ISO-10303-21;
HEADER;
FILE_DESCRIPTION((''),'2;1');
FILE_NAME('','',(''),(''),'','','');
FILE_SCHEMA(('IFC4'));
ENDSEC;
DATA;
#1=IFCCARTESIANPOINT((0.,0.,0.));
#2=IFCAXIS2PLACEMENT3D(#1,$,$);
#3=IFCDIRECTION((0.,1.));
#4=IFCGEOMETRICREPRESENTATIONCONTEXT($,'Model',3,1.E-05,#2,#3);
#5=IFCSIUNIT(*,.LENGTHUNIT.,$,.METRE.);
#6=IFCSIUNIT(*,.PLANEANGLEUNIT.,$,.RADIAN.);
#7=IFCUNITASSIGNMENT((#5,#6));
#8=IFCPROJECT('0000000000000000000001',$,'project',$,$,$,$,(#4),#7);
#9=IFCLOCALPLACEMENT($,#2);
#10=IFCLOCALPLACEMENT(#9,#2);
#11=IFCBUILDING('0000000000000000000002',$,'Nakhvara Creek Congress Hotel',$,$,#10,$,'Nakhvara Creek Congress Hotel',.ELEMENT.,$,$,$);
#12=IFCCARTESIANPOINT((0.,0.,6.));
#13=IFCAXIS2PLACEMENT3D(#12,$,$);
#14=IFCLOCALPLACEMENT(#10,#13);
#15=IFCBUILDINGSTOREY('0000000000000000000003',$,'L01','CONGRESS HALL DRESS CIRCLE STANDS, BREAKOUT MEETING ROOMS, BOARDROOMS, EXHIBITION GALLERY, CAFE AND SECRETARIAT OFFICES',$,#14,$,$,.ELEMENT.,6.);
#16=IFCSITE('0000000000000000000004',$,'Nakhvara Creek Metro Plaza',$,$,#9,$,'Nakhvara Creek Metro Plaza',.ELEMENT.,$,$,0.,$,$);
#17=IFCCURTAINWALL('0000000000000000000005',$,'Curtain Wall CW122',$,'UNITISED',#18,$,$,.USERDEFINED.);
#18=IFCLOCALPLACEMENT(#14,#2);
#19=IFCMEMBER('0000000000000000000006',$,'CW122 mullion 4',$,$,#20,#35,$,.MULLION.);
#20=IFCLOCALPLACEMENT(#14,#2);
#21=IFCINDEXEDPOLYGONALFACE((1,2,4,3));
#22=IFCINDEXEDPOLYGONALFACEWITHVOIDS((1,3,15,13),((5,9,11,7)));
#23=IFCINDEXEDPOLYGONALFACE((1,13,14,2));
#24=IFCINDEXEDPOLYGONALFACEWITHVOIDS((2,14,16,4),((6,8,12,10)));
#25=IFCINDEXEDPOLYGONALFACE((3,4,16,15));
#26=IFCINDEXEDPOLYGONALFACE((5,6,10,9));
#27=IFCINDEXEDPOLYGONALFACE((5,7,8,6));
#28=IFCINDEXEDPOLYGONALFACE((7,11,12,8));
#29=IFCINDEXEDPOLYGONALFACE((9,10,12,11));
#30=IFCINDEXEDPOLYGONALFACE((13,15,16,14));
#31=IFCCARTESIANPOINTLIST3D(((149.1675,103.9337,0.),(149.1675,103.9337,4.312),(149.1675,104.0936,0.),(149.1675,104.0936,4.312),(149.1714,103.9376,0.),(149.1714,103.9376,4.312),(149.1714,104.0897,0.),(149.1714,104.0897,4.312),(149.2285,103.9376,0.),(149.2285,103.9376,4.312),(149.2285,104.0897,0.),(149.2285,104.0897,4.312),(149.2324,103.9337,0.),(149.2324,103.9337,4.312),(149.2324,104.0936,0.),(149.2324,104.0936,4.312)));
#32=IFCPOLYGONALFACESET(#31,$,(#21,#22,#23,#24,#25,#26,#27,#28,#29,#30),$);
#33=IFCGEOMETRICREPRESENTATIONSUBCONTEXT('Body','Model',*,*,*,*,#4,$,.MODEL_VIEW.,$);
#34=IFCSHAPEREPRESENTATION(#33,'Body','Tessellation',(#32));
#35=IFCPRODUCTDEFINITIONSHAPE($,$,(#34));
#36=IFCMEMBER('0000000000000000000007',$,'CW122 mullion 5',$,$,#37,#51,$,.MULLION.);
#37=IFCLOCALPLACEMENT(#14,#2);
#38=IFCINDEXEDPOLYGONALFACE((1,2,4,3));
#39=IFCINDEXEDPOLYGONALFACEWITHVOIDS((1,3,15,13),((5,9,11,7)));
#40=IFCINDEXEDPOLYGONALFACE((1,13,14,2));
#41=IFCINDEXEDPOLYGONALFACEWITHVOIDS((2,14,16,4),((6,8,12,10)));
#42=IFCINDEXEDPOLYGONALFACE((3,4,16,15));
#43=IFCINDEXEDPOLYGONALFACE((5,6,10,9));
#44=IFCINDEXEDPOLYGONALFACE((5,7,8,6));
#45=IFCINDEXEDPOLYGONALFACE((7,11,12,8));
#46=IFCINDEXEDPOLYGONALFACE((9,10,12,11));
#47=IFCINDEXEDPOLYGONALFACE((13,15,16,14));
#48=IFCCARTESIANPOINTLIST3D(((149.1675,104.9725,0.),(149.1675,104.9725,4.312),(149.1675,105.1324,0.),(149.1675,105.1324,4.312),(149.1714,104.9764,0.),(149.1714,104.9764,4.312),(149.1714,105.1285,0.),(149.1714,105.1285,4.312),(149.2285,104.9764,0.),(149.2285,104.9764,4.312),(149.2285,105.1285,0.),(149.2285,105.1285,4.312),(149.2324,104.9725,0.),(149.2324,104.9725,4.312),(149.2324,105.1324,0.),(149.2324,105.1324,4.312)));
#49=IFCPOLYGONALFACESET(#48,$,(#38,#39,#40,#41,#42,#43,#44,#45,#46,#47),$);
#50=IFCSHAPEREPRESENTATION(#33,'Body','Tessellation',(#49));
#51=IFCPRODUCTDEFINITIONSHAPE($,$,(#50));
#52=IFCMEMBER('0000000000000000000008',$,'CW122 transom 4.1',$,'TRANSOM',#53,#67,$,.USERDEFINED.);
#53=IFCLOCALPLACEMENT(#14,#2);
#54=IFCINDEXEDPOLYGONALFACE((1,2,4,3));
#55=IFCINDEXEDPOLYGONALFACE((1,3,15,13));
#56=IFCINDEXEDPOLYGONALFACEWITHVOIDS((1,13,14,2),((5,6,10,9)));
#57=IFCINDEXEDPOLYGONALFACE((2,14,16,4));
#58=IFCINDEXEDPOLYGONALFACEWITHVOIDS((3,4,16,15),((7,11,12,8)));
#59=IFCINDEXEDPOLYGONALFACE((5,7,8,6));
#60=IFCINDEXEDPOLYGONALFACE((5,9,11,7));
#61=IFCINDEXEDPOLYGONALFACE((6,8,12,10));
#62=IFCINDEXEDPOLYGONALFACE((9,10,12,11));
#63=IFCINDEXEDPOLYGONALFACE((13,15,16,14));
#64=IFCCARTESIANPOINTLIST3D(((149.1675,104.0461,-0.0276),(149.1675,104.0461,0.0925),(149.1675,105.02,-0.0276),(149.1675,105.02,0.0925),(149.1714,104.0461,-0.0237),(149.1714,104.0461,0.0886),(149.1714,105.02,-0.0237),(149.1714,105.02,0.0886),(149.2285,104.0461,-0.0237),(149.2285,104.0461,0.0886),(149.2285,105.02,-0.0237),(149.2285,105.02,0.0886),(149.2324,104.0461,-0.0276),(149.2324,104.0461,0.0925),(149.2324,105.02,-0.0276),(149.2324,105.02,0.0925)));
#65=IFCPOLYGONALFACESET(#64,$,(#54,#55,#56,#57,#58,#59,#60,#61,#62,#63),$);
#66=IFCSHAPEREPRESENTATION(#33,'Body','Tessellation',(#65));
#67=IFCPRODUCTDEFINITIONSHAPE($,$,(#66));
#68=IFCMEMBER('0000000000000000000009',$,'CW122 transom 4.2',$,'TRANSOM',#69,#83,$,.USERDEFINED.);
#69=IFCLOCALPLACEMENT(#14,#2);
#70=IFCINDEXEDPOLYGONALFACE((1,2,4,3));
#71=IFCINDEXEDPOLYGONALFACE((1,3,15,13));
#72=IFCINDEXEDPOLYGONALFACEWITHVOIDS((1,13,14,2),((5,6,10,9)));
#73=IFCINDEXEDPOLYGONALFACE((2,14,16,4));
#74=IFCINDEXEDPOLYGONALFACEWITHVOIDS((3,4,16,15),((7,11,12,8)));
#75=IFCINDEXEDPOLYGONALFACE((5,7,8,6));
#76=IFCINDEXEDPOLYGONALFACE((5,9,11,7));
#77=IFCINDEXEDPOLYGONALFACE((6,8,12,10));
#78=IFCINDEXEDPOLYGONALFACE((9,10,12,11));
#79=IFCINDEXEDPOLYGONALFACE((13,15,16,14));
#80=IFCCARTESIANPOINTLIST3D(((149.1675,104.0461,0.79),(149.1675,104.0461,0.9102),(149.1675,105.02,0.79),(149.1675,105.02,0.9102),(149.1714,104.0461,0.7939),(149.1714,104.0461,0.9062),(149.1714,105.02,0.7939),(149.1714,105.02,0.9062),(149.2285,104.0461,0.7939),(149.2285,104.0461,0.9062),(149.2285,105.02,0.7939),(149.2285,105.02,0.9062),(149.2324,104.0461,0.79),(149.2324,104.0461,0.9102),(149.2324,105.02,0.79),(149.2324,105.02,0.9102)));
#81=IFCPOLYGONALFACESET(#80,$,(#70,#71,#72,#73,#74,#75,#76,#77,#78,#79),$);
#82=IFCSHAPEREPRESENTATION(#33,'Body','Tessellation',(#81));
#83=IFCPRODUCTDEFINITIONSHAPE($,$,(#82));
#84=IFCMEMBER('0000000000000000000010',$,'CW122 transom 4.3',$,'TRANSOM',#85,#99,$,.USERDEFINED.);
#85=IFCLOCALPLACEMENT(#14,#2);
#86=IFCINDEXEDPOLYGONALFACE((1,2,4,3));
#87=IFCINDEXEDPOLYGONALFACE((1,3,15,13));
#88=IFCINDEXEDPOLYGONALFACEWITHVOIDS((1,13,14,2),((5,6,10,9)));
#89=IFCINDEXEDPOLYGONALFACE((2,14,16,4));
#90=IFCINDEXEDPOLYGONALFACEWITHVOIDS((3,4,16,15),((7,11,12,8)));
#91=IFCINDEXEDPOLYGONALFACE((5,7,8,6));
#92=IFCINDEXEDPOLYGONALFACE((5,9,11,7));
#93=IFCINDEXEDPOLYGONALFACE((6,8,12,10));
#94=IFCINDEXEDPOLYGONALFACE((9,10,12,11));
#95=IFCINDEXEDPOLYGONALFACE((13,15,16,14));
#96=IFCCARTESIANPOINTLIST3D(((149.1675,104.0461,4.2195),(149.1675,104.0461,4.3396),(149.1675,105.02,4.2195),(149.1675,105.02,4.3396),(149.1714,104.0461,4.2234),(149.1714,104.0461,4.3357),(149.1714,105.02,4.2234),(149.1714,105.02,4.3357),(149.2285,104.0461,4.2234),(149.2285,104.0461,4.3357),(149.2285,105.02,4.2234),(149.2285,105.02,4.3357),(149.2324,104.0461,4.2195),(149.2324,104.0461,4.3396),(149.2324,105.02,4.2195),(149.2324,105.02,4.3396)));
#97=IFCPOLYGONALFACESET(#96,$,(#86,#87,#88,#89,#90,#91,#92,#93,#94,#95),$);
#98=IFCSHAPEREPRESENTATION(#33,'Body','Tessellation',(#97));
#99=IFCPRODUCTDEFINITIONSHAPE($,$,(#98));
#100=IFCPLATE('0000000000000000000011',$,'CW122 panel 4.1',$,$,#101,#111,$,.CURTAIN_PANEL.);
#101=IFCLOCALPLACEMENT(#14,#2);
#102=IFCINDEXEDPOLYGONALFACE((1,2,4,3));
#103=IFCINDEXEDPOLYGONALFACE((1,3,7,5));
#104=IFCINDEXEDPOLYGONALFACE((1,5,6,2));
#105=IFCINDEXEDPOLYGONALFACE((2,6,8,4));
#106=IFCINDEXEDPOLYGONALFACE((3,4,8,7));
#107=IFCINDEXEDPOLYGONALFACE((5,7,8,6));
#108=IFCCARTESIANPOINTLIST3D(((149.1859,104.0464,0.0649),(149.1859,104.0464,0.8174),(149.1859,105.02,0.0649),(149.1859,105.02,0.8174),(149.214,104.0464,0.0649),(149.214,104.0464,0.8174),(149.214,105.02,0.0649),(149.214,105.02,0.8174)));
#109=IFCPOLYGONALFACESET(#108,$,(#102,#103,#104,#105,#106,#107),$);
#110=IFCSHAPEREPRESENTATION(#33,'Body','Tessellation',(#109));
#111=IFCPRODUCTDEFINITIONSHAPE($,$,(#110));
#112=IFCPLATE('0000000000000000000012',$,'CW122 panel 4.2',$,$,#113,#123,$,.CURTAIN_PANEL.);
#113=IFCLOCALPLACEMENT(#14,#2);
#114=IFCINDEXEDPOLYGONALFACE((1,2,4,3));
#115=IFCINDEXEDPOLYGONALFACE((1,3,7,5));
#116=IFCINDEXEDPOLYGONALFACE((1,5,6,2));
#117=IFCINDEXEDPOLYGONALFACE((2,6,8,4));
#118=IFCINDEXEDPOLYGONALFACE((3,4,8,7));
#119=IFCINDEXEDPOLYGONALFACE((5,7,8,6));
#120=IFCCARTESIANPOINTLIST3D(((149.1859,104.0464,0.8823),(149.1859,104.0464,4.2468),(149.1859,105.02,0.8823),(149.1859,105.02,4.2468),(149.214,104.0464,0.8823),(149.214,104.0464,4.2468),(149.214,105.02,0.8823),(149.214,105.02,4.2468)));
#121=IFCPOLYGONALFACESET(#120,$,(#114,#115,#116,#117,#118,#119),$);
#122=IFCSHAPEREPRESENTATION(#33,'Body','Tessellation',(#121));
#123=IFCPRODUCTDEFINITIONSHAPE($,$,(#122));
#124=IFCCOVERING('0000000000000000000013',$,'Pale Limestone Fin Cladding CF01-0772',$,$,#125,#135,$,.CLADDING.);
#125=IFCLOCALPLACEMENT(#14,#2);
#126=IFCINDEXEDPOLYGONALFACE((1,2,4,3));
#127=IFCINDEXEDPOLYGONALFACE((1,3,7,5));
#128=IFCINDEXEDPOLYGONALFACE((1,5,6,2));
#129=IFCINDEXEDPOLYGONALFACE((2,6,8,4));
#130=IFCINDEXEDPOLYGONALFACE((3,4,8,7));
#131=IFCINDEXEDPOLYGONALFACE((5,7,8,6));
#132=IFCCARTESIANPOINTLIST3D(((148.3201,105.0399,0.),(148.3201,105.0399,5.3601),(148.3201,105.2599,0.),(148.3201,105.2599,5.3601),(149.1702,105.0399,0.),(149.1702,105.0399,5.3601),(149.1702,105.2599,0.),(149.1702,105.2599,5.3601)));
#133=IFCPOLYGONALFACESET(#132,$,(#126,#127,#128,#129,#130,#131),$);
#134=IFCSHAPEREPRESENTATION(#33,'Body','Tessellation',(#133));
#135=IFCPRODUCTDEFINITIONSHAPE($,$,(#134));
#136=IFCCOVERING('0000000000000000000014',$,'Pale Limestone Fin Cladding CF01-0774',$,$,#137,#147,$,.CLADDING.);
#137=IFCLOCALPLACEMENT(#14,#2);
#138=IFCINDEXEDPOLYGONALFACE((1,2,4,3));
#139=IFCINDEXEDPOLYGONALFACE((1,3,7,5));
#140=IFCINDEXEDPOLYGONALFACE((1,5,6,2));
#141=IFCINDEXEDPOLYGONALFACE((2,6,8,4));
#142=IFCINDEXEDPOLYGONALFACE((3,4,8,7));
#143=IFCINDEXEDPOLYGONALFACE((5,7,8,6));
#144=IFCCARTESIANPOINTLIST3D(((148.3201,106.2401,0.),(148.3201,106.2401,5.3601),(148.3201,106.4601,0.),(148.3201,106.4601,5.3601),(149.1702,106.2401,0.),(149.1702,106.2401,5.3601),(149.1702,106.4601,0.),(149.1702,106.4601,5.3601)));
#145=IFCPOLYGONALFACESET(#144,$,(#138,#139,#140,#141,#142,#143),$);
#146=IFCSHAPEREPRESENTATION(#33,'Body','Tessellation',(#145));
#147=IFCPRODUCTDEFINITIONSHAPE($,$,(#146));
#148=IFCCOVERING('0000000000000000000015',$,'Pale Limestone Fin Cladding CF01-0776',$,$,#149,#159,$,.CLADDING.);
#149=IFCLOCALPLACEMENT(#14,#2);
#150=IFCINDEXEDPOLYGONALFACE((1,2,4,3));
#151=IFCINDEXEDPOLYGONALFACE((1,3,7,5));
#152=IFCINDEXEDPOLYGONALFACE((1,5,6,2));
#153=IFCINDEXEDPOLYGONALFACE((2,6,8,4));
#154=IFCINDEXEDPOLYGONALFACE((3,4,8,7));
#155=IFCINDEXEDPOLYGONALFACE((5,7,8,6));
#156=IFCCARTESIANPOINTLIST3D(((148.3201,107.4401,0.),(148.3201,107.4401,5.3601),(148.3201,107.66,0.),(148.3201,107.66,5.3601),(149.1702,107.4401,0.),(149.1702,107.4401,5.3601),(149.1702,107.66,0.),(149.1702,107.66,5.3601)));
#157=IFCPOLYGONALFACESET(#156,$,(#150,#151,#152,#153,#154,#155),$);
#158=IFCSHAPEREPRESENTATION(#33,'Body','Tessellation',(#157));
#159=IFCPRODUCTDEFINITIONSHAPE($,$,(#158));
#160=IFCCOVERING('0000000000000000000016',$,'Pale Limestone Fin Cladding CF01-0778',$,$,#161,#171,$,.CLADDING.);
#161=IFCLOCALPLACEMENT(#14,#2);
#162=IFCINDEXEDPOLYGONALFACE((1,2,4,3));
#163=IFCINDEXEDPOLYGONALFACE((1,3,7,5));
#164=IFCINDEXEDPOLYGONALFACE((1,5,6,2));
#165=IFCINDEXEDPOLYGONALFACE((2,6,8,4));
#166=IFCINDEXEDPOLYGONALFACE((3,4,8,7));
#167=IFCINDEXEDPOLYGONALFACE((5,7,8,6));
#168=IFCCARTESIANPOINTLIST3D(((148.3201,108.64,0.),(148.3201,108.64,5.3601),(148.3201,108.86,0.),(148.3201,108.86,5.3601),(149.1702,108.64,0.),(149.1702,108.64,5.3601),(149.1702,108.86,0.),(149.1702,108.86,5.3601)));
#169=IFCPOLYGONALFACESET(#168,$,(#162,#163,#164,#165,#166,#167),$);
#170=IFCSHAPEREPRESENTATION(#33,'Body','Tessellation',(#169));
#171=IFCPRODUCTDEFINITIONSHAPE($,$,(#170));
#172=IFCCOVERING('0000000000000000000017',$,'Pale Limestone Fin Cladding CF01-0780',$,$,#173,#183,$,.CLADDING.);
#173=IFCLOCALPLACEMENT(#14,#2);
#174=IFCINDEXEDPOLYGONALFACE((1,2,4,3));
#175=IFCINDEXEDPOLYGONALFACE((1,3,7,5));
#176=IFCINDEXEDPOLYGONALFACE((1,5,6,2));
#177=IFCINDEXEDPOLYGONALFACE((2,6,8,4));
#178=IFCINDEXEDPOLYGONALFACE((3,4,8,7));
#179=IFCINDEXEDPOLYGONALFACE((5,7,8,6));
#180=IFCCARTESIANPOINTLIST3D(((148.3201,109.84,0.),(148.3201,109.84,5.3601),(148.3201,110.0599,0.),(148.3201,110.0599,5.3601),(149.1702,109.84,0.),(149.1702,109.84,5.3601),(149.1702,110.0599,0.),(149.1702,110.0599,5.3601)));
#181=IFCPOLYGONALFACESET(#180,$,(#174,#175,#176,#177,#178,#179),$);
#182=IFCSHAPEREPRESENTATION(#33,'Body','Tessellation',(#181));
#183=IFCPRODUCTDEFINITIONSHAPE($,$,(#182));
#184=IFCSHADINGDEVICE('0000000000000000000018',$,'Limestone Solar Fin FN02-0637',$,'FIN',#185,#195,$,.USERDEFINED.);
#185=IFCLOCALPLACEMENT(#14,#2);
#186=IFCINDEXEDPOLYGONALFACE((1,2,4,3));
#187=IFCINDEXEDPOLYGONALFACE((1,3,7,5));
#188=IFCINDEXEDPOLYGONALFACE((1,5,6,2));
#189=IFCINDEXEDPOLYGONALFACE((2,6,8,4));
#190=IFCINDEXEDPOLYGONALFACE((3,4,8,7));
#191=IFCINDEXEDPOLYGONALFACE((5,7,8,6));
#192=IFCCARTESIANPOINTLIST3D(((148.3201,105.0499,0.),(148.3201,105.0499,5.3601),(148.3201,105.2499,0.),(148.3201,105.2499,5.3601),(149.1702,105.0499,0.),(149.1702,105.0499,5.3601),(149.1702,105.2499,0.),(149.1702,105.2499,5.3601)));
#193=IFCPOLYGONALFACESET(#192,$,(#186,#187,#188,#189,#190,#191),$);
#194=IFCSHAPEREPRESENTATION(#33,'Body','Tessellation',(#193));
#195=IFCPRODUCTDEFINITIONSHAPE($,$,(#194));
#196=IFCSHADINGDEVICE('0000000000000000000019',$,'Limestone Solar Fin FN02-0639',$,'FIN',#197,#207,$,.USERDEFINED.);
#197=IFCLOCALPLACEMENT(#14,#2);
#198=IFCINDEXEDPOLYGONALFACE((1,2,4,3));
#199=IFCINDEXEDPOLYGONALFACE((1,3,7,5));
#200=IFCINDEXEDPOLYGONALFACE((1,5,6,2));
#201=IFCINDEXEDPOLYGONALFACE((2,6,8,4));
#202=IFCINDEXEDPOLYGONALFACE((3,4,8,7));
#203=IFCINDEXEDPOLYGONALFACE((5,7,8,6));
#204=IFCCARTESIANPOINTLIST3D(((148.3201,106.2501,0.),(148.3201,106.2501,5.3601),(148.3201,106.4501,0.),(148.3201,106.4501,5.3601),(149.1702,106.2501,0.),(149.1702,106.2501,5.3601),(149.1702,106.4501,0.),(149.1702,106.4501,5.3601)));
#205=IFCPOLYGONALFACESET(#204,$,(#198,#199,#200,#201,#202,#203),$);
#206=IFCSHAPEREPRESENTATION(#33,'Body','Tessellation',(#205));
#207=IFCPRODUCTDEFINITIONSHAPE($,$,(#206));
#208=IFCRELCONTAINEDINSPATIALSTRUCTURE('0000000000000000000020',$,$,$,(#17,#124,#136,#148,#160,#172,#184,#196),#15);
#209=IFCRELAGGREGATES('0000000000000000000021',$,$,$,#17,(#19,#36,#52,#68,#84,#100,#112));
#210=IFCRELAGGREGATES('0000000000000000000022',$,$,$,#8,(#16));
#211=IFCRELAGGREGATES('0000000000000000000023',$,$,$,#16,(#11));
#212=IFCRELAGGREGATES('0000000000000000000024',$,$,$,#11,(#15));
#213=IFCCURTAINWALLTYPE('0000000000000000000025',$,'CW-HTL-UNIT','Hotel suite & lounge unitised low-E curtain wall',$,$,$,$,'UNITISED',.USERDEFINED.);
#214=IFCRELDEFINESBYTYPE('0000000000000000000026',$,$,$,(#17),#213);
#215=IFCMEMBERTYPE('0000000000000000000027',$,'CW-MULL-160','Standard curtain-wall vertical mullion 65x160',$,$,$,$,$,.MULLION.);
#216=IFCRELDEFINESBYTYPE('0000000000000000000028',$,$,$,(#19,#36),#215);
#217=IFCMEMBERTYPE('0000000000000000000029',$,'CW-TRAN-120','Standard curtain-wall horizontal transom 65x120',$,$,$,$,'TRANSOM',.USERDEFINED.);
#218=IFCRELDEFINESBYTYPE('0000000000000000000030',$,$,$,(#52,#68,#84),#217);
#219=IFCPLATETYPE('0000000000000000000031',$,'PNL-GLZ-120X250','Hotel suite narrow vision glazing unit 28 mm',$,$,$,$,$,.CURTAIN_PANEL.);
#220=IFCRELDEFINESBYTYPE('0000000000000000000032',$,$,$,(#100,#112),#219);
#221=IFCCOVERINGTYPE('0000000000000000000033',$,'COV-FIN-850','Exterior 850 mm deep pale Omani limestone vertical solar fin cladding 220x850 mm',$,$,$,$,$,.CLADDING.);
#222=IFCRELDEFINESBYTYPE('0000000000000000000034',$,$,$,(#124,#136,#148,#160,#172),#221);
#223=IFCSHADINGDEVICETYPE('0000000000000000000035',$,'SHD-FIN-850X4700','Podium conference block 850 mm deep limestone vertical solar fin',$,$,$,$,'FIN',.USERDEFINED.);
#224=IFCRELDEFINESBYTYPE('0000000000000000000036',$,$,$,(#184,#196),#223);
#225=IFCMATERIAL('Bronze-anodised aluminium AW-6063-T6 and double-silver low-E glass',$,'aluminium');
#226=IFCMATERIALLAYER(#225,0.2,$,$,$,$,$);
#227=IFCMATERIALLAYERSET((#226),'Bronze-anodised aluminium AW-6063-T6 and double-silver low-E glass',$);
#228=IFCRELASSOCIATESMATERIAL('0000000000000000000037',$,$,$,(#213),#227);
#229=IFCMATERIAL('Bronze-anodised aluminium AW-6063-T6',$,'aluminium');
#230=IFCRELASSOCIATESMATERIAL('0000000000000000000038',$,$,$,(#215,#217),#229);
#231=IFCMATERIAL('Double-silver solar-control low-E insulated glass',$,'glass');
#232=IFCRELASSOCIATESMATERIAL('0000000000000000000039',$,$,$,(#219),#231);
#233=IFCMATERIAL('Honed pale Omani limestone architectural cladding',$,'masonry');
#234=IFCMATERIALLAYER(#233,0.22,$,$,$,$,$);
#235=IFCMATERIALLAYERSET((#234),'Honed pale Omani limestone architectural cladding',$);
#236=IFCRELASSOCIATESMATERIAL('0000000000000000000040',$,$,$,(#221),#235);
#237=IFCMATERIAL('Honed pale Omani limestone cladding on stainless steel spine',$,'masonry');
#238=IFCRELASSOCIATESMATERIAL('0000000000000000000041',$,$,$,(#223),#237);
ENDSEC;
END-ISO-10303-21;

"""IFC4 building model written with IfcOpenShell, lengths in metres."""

from ifc_helpers import new_model, si_unit, direction, frame, origin, origin_2d, place, context, subcontext, project, spatial, rectangle, hollow_rectangle, extrude, material, layer, layer_set, material_profile, profile_set, type_object, element, aggregate, save


model = new_model("IFC4")

# Units and contexts
model_context = context("Model", 3, precision=1e-05, world=origin(), true_north=direction((0.0, 1.0)))
body_context = subcontext(model_context, "Body", "Model", "MODEL_VIEW")
ifc_project = project(units=[si_unit("LENGTHUNIT", "METRE"), si_unit("PLANEANGLEUNIT", "RADIAN")], contexts=[model_context])

# Site, building, storey
site_placement = place(None, origin())
site = spatial("IfcSite", under=ifc_project, at=site_placement, Name="Nakhvara Creek Metro Plaza", LongName="Nakhvara Creek Metro Plaza", CompositionType="ELEMENT", RefElevation=0.0)
building_placement = place(site_placement, origin())
building = spatial("IfcBuilding", under=site, at=building_placement, Name="Nakhvara Creek Congress Hotel", LongName="Nakhvara Creek Congress Hotel", CompositionType="ELEMENT")
storey_placement = place(building_placement, frame((0.0, 0.0, 6.0)))
storey = spatial("IfcBuildingStorey", under=building, at=storey_placement, Name="L01", Description="CONGRESS HALL DRESS CIRCLE STANDS, BREAKOUT MEETING ROOMS, BOARDROOMS, EXHIBITION GALLERY, CAFE AND SECRETARIAT OFFICES", CompositionType="ELEMENT", Elevation=6.0)

# Curtain wall, members, plates
ifc_material_1 = material(Name="Bronze-anodised aluminium AW-6063-T6 and double-silver low-E glass", Category="aluminium")
ifc_layer_1 = layer(ifc_material_1, 0.2)
ifc_layer_set_1 = layer_set([ifc_layer_1], Name="Bronze-anodised aluminium AW-6063-T6 and double-silver low-E glass")
curtain_wall_type = type_object("IfcCurtainWallType", Name="CW-HTL-UNIT", Description="Hotel suite & lounge unitised low-E curtain wall", ElementType="UNITISED", PredefinedType="USERDEFINED", material=ifc_layer_set_1)
curtain_wall_placement = place(storey_placement, origin())
curtain_wall = element("IfcCurtainWall", 1, at=curtain_wall_placement, inside=storey, type_object=curtain_wall_type, Name="Curtain Wall CW122", ObjectType="UNITISED", PredefinedType="USERDEFINED")
ifc_material_2 = material(Name="Bronze-anodised aluminium AW-6063-T6", Category="aluminium")
ifc_material_profile_1 = material_profile(ifc_material_2, hollow_rectangle(XDim=0.0649, YDim=0.1599, WallThickness=0.0039, at=origin_2d()), Name="ALU-MULL 65x160x4", Category="LoadBearing")
ifc_profile_set_1 = profile_set([ifc_material_profile_1], Name="Bronze-anodised aluminium AW-6063-T6")
member_type_1 = type_object("IfcMemberType", Name="CW-MULL-160", Description="Standard curtain-wall vertical mullion 65x160", PredefinedType="MULLION", material=ifc_profile_set_1)
member_1_placement = place(storey_placement, frame((149.2, 104.0137, 0.0), z_axis=(0.0, 0.0, 1.0), x_axis=(-1.0, 0.0, 0.0)))
member_1 = element("IfcMember", 2, at=member_1_placement, type_object=member_type_1, Name="CW122 mullion 4", PredefinedType="MULLION", context=body_context, shape_type="SweptSolid", body=[
    extrude(hollow_rectangle(XDim=0.0649, YDim=0.1599, WallThickness=0.0039, at=origin_2d()), origin(), (0.0, 0.0, 1.0), 4.312),
])
member_2_placement = place(storey_placement, frame((149.2, 105.0525, 0.0), z_axis=(0.0, 0.0, 1.0), x_axis=(-1.0, 0.0, 0.0)))
member_2 = element("IfcMember", 3, at=member_2_placement, type_object=member_type_1, Name="CW122 mullion 5", PredefinedType="MULLION", context=body_context, shape_type="SweptSolid", body=[
    extrude(hollow_rectangle(XDim=0.0649, YDim=0.1599, WallThickness=0.0039, at=origin_2d()), origin(), (0.0, 0.0, 1.0), 4.312),
])
ifc_material_profile_2 = material_profile(ifc_material_2, hollow_rectangle(XDim=0.0649, YDim=0.1201, WallThickness=0.0039, at=origin_2d()), Name="ALU-TRAN 65x120x4", Category="LoadBearing")
ifc_profile_set_2 = profile_set([ifc_material_profile_2], Name="Bronze-anodised aluminium AW-6063-T6")
member_type_2 = type_object("IfcMemberType", Name="CW-TRAN-120", Description="Standard curtain-wall horizontal transom 65x120", ElementType="TRANSOM", PredefinedType="USERDEFINED", material=ifc_profile_set_2)
member_3_placement = place(storey_placement, frame((149.2, 104.0461, 0.0325), z_axis=(0.0, 1.0, 0.0), x_axis=(-1.0, 0.0, 0.0)))
member_3 = element("IfcMember", 4, at=member_3_placement, type_object=member_type_2, Name="CW122 transom 4.1", ObjectType="TRANSOM", PredefinedType="USERDEFINED", context=body_context, shape_type="SweptSolid", body=[
    extrude(hollow_rectangle(XDim=0.0649, YDim=0.1201, WallThickness=0.0039, at=origin_2d()), origin(), (0.0, 0.0, 1.0), 0.9739),
])
member_4_placement = place(storey_placement, frame((149.2, 104.0461, 0.8501), z_axis=(0.0, 1.0, 0.0), x_axis=(-1.0, 0.0, 0.0)))
member_4 = element("IfcMember", 5, at=member_4_placement, type_object=member_type_2, Name="CW122 transom 4.2", ObjectType="TRANSOM", PredefinedType="USERDEFINED", context=body_context, shape_type="SweptSolid", body=[
    extrude(hollow_rectangle(XDim=0.0649, YDim=0.1201, WallThickness=0.0039, at=origin_2d()), origin(), (0.0, 0.0, 1.0), 0.9739),
])
member_5_placement = place(storey_placement, frame((149.2, 104.0461, 4.2795), z_axis=(0.0, 1.0, 0.0), x_axis=(-1.0, 0.0, 0.0)))
member_5 = element("IfcMember", 6, at=member_5_placement, type_object=member_type_2, Name="CW122 transom 4.3", ObjectType="TRANSOM", PredefinedType="USERDEFINED", context=body_context, shape_type="SweptSolid", body=[
    extrude(hollow_rectangle(XDim=0.0649, YDim=0.1201, WallThickness=0.0039, at=origin_2d()), origin(), (0.0, 0.0, 1.0), 0.9739),
])
ifc_material_3 = material(Name="Double-silver solar-control low-E insulated glass", Category="glass")
plate_type = type_object("IfcPlateType", Name="PNL-GLZ-120X250", Description="Hotel suite narrow vision glazing unit 28 mm", PredefinedType="CURTAIN_PANEL", material=ifc_material_3)
plate_1_placement = place(storey_placement, frame((149.2, 104.5332, 0.0649), z_axis=(0.0, 0.0, 1.0), x_axis=(0.0, 1.0, 0.0)))
plate_1 = element("IfcPlate", 7, at=plate_1_placement, type_object=plate_type, Name="CW122 panel 4.1", PredefinedType="CURTAIN_PANEL", context=body_context, shape_type="SweptSolid", body=[
    extrude(rectangle(XDim=0.9736, YDim=0.0281, at=origin_2d()), origin(), (0.0, 0.0, 1.0), 0.7524),
])
plate_2_placement = place(storey_placement, frame((149.2, 104.5332, 0.8823), z_axis=(0.0, 0.0, 1.0), x_axis=(0.0, 1.0, 0.0)))
plate_2 = element("IfcPlate", 8, at=plate_2_placement, type_object=plate_type, Name="CW122 panel 4.2", PredefinedType="CURTAIN_PANEL", context=body_context, shape_type="SweptSolid", body=[
    extrude(rectangle(XDim=0.9736, YDim=0.0281, at=origin_2d()), origin(), (0.0, 0.0, 1.0), 3.3645),
])
aggregate(curtain_wall, [member_1, member_2, member_3, member_4, member_5, plate_1, plate_2])

# Coverings
ifc_material_4 = material(Name="Honed pale Omani limestone architectural cladding", Category="masonry")
ifc_layer_2 = layer(ifc_material_4, 0.22)
ifc_layer_set_2 = layer_set([ifc_layer_2], Name="Honed pale Omani limestone architectural cladding")
covering_type = type_object("IfcCoveringType", Name="COV-FIN-850", Description="Exterior 850 mm deep pale Omani limestone vertical solar fin cladding 220x850 mm", PredefinedType="CLADDING", material=ifc_layer_set_2)
for number, where, z_axis, x_axis, name in (
    (9, (148.7451, 105.1499, 0.0), (0.0, 0.0, 1.0), (0.0, 1.0, 0.0), "Pale Limestone Fin Cladding CF01-0772"),
    (10, (148.7451, 106.3501, 0.0), (0.0, 0.0, 1.0), (0.0, 1.0, 0.0), "Pale Limestone Fin Cladding CF01-0774"),
    (11, (148.7451, 107.55, 0.0), (0.0, 0.0, 1.0), (0.0, 1.0, 0.0), "Pale Limestone Fin Cladding CF01-0776"),
    (12, (148.7451, 108.75, 0.0), (0.0, 0.0, 1.0), (0.0, 1.0, 0.0), "Pale Limestone Fin Cladding CF01-0778"),
    (13, (148.7451, 109.95, 0.0), (0.0, 0.0, 1.0), (0.0, 1.0, 0.0), "Pale Limestone Fin Cladding CF01-0780"),
):
    element("IfcCovering", number, at=place(storey_placement, frame(where, z_axis=z_axis, x_axis=x_axis)), inside=storey, type_object=covering_type, Name=name, PredefinedType="CLADDING", context=body_context, shape_type="SweptSolid", body=[
        extrude(rectangle(XDim=0.22, YDim=0.8501, at=origin_2d()), origin(), (0.0, 0.0, 1.0), 5.3601),
    ])

# Shading devices
ifc_material_5 = material(Name="Honed pale Omani limestone cladding on stainless steel spine", Category="masonry")
shading_device_type = type_object("IfcShadingDeviceType", Name="SHD-FIN-850X4700", Description="Podium conference block 850 mm deep limestone vertical solar fin", ElementType="FIN", PredefinedType="USERDEFINED", material=ifc_material_5)
for number, where, z_axis, x_axis, name in (
    (14, (148.7451, 105.1499, 0.0), (0.0, 0.0, 1.0), (0.0, 1.0, 0.0), "Limestone Solar Fin FN02-0637"),
    (15, (148.7451, 106.3501, 0.0), (0.0, 0.0, 1.0), (0.0, 1.0, 0.0), "Limestone Solar Fin FN02-0639"),
):
    element("IfcShadingDevice", number, at=place(storey_placement, frame(where, z_axis=z_axis, x_axis=x_axis)), inside=storey, type_object=shading_device_type, Name=name, ObjectType="FIN", PredefinedType="USERDEFINED", context=body_context, shape_type="SweptSolid", body=[
        extrude(rectangle(XDim=0.2, YDim=0.8501, at=origin_2d()), origin(), (0.0, 0.0, 1.0), 5.3601),
    ])

save(model, "model.ifc")
